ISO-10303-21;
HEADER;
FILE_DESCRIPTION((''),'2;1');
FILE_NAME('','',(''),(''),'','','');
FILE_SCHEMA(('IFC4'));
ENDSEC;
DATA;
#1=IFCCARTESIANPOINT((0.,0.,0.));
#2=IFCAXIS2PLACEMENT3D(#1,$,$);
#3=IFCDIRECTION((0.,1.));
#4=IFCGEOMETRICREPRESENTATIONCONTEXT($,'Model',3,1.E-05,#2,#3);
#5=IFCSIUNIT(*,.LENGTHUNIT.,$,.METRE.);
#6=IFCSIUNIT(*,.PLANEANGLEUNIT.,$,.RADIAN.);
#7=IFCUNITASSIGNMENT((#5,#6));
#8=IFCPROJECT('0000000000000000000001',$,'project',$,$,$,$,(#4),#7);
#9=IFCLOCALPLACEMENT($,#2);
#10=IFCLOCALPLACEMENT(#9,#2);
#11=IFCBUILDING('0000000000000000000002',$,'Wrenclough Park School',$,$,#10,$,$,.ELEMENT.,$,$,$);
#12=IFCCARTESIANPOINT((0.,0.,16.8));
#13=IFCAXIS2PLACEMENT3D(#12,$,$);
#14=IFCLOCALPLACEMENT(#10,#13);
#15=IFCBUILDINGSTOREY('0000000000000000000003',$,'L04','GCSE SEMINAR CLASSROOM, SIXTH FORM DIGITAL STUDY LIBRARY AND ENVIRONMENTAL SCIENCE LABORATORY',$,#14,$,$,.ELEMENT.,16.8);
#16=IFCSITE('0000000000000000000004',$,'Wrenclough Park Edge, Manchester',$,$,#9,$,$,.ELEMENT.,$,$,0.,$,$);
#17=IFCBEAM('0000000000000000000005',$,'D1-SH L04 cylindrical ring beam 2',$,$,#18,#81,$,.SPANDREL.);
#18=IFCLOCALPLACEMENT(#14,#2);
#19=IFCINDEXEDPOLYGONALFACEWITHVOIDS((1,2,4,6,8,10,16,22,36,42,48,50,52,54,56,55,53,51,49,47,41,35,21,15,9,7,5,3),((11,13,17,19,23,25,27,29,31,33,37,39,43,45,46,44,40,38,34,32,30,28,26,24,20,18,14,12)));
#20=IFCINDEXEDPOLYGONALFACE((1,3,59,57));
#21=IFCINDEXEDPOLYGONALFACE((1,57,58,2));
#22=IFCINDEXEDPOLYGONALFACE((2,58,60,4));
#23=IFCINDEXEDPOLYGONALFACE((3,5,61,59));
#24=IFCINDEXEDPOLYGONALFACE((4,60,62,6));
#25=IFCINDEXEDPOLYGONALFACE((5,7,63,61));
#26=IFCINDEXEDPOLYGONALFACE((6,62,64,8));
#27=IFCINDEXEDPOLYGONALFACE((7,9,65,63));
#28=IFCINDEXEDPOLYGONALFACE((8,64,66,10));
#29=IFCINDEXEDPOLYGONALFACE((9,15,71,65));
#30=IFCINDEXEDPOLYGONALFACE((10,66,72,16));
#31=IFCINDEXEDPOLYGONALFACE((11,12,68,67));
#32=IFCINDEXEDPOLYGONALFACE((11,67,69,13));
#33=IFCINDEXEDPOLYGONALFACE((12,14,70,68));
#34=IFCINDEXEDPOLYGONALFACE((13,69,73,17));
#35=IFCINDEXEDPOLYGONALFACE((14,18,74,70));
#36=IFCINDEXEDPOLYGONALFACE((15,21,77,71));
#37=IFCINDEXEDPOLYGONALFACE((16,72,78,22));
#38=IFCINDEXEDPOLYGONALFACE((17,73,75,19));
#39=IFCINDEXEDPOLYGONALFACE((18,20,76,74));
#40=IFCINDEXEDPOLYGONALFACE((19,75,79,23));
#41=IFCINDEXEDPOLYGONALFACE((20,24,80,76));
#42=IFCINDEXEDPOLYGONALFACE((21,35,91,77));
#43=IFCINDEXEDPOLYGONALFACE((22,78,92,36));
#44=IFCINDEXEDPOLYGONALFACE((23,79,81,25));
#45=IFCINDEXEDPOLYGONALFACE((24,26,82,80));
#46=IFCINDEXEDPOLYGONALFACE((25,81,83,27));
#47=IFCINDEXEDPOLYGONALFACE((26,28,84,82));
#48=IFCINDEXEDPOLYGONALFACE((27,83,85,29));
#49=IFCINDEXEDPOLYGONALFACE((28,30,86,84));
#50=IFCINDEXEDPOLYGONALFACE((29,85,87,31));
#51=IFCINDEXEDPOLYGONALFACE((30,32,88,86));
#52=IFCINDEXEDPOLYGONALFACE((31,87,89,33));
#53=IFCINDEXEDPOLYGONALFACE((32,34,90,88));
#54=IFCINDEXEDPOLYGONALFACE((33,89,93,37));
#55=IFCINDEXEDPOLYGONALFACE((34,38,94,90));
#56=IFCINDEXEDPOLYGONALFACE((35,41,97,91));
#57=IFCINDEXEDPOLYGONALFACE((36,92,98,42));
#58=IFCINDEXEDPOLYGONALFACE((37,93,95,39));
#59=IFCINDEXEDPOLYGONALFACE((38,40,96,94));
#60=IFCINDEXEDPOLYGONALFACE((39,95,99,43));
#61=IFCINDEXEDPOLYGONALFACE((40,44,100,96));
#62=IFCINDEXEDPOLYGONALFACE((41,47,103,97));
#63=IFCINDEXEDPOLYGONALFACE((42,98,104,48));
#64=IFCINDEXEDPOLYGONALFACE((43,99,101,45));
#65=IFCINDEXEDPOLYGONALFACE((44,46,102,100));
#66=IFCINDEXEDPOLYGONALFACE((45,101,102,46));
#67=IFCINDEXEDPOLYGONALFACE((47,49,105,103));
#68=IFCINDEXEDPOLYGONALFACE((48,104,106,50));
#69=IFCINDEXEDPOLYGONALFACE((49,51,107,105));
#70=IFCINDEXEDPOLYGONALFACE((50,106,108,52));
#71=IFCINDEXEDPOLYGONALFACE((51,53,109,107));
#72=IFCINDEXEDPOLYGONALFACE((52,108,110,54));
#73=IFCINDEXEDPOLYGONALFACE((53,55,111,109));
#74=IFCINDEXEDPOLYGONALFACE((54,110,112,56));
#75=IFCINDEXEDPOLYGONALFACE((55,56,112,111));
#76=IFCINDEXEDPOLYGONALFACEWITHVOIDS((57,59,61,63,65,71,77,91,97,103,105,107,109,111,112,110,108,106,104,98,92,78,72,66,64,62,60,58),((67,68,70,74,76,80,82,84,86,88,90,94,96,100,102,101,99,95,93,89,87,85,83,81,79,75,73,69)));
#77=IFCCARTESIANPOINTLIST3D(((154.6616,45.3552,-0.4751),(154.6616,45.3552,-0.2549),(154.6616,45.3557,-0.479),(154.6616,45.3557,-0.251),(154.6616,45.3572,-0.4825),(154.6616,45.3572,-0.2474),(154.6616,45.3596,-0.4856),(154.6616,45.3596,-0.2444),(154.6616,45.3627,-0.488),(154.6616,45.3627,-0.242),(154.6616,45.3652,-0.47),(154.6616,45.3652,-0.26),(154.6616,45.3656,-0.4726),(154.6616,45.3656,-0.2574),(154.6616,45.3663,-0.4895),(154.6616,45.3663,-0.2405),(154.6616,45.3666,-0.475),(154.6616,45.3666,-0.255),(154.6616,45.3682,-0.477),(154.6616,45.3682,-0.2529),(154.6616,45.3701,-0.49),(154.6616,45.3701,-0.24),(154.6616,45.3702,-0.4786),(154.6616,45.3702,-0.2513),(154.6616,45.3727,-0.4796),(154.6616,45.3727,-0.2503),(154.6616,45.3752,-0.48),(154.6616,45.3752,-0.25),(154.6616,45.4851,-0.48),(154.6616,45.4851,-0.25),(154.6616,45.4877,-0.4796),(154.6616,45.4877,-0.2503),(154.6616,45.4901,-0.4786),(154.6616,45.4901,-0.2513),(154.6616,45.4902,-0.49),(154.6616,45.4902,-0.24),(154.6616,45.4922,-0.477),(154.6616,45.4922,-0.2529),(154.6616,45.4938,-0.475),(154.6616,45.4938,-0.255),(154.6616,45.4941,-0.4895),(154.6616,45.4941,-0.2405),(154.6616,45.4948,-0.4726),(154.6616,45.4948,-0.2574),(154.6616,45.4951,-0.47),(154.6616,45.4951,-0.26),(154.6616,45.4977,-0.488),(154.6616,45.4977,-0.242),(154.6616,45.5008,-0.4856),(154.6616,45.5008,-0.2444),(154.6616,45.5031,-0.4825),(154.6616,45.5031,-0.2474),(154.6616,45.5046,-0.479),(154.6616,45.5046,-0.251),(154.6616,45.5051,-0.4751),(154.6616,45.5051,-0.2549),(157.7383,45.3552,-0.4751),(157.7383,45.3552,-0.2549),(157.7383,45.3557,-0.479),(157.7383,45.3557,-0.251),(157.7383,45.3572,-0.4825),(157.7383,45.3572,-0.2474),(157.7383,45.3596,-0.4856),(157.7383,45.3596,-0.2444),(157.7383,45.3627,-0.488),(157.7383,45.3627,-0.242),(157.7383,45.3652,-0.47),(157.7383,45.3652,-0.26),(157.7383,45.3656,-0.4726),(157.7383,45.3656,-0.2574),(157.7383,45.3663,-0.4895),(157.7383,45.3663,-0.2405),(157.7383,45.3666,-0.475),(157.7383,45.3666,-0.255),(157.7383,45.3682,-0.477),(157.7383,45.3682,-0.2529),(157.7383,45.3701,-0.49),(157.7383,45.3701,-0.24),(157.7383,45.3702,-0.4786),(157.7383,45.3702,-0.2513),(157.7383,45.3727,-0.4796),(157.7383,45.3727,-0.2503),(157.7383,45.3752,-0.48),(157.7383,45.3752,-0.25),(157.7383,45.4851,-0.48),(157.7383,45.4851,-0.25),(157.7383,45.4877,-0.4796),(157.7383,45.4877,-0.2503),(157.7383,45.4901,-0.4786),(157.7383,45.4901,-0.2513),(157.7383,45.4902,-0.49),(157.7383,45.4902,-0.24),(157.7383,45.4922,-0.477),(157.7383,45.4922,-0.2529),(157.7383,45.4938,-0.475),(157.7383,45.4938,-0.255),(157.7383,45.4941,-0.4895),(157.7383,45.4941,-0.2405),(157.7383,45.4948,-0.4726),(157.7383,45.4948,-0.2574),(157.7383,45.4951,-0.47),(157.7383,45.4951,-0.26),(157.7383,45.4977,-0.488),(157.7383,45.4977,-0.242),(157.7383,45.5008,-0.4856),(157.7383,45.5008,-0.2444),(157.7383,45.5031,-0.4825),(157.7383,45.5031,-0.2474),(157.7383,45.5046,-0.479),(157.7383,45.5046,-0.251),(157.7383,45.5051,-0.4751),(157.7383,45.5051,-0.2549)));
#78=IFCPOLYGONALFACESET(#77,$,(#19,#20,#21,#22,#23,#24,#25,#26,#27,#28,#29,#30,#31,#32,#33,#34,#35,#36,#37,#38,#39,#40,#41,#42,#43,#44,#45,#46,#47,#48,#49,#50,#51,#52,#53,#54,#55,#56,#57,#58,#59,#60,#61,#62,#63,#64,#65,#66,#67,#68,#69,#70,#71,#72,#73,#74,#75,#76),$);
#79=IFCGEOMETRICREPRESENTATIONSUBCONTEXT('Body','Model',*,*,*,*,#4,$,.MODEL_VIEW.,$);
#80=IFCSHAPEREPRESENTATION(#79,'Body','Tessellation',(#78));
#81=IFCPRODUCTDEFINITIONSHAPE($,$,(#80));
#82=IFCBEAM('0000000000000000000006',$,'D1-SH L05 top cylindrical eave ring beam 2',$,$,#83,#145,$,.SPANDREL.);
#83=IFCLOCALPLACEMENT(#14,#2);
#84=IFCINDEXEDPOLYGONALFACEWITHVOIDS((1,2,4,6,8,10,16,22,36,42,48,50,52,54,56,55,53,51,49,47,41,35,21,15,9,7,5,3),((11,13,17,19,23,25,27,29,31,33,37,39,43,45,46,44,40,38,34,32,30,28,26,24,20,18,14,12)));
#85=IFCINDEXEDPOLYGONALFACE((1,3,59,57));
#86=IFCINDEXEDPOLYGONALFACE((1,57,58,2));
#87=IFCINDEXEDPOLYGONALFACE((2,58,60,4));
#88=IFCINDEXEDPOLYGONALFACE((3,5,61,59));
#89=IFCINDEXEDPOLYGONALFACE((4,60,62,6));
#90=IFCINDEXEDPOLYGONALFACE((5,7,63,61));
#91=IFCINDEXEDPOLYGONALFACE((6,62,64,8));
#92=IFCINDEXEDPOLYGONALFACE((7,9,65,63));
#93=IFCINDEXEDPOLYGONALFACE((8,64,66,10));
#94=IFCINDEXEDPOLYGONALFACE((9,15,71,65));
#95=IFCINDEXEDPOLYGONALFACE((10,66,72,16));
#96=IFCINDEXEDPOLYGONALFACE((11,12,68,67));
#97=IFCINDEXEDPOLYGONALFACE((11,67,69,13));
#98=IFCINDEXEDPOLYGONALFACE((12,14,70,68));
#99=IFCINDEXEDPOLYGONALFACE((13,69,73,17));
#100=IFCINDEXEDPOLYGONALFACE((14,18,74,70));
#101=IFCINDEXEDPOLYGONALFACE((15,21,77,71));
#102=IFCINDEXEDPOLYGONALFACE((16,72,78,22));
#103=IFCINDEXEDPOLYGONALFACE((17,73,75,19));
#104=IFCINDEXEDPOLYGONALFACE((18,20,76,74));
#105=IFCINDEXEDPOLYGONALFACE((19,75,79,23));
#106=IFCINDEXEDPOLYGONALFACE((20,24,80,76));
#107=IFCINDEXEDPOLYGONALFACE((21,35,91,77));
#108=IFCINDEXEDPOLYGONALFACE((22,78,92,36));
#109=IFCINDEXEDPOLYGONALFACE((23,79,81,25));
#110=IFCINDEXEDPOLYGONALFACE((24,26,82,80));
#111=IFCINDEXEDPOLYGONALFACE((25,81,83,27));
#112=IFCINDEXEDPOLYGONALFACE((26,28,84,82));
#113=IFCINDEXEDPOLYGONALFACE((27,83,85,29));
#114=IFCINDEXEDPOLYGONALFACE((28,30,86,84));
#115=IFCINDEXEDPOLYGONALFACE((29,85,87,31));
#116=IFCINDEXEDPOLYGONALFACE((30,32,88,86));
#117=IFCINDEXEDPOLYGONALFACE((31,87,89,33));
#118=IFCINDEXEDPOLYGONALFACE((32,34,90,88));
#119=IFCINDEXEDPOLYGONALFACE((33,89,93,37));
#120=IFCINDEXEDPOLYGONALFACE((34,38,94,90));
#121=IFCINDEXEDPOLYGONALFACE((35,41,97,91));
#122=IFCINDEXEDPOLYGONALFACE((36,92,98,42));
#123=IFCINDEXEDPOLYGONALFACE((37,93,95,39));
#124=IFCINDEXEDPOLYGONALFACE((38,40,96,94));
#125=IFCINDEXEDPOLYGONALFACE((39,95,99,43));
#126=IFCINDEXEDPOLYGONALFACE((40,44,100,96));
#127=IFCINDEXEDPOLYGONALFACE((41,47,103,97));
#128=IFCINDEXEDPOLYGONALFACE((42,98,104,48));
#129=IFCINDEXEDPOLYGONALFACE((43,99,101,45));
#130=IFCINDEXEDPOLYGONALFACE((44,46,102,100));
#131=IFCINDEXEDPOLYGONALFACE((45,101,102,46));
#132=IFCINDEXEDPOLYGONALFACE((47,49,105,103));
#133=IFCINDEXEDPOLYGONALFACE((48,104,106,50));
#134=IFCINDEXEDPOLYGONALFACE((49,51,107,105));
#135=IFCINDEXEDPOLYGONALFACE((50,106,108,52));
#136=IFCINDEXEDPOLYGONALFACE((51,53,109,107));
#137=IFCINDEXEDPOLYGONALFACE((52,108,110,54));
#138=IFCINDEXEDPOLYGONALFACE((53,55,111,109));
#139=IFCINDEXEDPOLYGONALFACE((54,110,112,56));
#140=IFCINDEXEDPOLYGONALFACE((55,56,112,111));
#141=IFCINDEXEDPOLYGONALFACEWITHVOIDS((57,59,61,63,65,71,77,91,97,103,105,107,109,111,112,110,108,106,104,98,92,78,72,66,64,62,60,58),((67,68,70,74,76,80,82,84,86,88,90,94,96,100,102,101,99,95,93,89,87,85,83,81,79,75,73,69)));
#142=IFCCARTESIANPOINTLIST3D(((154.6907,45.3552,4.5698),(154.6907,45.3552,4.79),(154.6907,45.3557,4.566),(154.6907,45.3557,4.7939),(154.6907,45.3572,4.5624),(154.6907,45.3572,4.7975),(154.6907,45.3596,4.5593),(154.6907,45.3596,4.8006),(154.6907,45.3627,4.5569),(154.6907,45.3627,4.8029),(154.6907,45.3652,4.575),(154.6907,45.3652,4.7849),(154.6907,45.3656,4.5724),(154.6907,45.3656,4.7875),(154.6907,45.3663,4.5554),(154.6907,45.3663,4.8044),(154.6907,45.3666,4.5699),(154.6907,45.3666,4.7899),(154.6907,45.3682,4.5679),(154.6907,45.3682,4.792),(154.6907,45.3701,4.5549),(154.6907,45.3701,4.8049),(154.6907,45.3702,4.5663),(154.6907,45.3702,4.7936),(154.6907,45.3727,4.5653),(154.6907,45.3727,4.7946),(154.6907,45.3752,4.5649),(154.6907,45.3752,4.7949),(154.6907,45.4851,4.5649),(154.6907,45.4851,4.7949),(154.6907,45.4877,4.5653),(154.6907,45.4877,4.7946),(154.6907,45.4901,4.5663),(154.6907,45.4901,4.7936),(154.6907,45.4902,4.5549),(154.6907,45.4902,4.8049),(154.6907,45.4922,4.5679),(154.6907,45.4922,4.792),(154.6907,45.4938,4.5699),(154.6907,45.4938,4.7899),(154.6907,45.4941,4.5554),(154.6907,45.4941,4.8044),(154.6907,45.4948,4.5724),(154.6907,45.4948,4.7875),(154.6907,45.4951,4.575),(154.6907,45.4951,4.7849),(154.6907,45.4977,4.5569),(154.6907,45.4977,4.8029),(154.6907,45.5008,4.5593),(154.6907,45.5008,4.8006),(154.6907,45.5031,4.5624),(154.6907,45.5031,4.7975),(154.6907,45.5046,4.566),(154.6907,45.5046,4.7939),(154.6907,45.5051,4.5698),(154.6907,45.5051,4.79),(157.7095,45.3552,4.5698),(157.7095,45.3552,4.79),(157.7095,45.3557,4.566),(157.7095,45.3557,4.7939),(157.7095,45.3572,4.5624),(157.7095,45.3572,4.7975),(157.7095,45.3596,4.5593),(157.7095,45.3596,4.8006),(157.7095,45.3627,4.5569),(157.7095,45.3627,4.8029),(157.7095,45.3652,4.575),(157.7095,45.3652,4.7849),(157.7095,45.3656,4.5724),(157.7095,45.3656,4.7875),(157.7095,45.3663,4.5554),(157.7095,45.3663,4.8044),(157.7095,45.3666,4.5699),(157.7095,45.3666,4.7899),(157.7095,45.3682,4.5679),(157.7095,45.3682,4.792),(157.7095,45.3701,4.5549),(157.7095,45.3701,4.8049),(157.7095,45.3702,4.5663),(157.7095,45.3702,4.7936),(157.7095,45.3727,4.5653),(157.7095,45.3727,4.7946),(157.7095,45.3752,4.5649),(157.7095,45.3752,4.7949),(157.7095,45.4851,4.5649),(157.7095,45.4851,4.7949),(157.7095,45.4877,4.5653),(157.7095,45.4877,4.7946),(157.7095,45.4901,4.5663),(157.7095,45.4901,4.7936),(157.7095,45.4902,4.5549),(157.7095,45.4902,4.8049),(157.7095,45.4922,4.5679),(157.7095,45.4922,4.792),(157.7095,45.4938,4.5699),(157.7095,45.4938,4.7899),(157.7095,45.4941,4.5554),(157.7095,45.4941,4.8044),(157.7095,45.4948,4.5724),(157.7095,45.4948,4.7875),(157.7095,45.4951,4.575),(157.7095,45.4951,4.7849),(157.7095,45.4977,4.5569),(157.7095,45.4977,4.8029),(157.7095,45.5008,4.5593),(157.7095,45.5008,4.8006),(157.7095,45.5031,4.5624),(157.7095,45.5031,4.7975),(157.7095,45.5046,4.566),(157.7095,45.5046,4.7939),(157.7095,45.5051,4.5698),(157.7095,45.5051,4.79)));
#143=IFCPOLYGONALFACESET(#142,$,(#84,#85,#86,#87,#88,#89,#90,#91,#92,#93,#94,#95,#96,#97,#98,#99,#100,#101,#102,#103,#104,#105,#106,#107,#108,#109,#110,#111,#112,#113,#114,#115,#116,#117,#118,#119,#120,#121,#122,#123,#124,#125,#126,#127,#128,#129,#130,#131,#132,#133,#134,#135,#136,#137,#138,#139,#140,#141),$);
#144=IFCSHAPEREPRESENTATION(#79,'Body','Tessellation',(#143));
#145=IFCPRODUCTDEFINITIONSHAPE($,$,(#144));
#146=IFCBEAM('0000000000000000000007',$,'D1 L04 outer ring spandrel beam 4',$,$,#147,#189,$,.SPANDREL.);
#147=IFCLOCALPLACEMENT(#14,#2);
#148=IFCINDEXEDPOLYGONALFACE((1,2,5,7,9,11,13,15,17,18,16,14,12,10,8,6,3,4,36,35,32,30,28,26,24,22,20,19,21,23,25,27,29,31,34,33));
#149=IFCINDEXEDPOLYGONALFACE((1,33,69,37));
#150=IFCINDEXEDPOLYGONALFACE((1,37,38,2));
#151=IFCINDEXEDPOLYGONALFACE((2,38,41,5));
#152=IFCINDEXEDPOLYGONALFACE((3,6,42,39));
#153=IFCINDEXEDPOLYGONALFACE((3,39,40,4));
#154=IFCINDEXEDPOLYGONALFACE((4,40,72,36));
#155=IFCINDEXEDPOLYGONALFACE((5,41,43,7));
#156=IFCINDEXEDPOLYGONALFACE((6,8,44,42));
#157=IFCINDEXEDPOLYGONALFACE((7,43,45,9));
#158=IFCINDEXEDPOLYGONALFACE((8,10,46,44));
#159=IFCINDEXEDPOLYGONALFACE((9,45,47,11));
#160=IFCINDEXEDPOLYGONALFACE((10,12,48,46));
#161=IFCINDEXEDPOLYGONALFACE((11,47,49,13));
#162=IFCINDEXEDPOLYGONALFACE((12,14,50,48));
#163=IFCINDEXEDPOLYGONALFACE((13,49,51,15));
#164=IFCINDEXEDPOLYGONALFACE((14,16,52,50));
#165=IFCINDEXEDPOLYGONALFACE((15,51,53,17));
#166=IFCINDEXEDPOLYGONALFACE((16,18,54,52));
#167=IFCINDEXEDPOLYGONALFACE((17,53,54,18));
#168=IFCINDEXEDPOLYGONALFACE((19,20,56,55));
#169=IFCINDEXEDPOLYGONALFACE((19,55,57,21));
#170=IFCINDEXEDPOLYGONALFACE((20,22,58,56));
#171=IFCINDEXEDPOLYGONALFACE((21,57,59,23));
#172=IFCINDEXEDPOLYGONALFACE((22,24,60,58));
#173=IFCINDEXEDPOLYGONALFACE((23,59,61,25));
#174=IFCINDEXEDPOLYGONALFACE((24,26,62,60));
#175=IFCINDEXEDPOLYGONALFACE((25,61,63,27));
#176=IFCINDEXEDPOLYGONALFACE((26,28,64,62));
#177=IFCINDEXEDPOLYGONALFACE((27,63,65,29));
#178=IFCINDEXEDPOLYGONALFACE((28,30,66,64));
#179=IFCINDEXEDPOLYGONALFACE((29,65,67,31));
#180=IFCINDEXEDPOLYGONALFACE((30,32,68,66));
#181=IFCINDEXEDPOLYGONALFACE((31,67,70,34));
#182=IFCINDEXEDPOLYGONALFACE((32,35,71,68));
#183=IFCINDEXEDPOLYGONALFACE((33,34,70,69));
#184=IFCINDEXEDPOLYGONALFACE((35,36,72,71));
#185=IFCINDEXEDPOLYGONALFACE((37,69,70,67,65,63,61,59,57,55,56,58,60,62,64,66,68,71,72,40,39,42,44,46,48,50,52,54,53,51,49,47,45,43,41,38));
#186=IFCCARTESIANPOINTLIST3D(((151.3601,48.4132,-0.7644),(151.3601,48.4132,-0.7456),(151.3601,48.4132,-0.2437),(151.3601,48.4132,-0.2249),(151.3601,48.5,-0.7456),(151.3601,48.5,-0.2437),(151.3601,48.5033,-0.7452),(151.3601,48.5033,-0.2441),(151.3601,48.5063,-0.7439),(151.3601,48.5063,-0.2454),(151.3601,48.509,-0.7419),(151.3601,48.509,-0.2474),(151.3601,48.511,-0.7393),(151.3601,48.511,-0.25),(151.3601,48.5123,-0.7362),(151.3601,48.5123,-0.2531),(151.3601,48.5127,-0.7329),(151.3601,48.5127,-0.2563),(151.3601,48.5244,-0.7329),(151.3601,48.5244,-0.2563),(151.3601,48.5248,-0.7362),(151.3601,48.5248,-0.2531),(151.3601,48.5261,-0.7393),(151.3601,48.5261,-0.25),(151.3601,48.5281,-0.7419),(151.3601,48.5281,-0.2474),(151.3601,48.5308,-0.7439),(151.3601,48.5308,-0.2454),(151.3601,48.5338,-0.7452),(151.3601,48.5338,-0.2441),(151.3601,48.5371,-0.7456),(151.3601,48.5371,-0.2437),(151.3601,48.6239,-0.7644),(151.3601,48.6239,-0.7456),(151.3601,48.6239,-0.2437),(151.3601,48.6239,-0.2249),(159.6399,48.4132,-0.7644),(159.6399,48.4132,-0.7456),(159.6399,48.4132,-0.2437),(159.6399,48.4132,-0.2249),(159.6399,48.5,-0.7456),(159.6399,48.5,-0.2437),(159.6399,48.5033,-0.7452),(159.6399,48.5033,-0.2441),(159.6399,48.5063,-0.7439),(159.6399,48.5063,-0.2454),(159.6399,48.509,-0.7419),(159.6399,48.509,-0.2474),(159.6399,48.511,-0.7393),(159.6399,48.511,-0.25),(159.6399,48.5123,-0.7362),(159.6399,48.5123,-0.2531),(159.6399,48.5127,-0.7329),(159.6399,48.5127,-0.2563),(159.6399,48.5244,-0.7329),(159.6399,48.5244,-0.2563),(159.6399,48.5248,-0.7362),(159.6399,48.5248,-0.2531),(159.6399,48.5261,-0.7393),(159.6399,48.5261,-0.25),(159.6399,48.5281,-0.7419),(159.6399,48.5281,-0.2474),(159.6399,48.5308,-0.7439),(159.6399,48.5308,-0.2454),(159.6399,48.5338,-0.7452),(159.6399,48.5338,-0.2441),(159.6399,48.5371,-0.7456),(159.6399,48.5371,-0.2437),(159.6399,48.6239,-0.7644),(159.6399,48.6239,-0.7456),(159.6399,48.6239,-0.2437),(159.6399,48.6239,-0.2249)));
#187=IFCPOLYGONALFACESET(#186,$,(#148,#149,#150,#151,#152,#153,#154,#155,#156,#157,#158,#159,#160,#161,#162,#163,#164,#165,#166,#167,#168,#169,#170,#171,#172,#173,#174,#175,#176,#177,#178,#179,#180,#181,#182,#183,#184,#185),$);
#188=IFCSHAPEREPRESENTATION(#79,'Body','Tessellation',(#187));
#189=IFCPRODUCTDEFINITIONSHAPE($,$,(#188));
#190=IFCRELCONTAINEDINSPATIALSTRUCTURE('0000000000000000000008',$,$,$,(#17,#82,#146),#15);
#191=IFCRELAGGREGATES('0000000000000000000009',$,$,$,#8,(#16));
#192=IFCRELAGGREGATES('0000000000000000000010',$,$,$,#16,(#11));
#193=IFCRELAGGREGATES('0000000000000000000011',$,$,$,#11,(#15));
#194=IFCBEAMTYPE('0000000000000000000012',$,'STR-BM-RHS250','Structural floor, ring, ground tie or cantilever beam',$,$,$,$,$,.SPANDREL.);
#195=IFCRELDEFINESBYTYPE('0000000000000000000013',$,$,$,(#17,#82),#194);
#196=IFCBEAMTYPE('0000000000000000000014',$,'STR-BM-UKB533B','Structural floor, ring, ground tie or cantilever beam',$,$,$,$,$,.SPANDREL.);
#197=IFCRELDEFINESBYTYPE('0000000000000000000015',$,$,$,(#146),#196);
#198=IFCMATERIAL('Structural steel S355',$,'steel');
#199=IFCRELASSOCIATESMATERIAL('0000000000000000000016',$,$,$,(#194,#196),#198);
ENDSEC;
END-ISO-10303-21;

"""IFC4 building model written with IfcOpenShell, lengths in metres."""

from ifc_helpers import new_model, si_unit, direction, frame, origin, origin_2d, place, context, subcontext, project, spatial, hollow_rectangle, i_section, extrude, material, material_profile, profile_set, type_object, element, save


model = new_model("IFC4")

# Units and contexts
model_context = context("Model", 3, precision=1e-05, world=origin(), true_north=direction((0.0, 1.0)))
body_context = subcontext(model_context, "Body", "Model", "MODEL_VIEW")
ifc_project = project(units=[si_unit("LENGTHUNIT", "METRE"), si_unit("PLANEANGLEUNIT", "RADIAN")], contexts=[model_context])

# Site, building, storey
site_placement = place(None, origin())
site = spatial("IfcSite", under=ifc_project, at=site_placement, Name="Wrenclough Park Edge, Manchester", CompositionType="ELEMENT", RefElevation=0.0)
building_placement = place(site_placement, origin())
building = spatial("IfcBuilding", under=site, at=building_placement, Name="Wrenclough Park School", CompositionType="ELEMENT")
storey_placement = place(building_placement, frame((0.0, 0.0, 16.8)))
storey = spatial("IfcBuildingStorey", under=building, at=storey_placement, Name="L04", Description="GCSE SEMINAR CLASSROOM, SIXTH FORM DIGITAL STUDY LIBRARY AND ENVIRONMENTAL SCIENCE LABORATORY", CompositionType="ELEMENT", Elevation=16.8)

# Shared definitions
ifc_material_1 = material(Name="Structural steel S355", Category="steel")

# Beams
ifc_material_profile_1 = material_profile(ifc_material_1, hollow_rectangle(XDim=0.1499, YDim=0.25, WallThickness=0.01, InnerFilletRadius=0.01, OuterFilletRadius=0.0149, at=origin_2d()), Name="RHS 250x150x10.0")
ifc_profile_set_1 = profile_set([ifc_material_profile_1], Name="Structural steel S355")
beam_type_1 = type_object("IfcBeamType", Name="STR-BM-RHS250", Description="Structural floor, ring, ground tie or cantilever beam", PredefinedType="SPANDREL", material=ifc_profile_set_1)
beam_1_placement = place(storey_placement, frame((157.7383, 45.4302, -0.365), z_axis=(-1.0, 0.0, 0.0), x_axis=(0.0, -1.0, 0.0)))
element("IfcBeam", 1, at=beam_1_placement, inside=storey, type_object=beam_type_1, Name="D1-SH L04 cylindrical ring beam 2", PredefinedType="SPANDREL", context=body_context, shape_type="SweptSolid", body=[
    extrude(hollow_rectangle(XDim=0.1499, YDim=0.25, WallThickness=0.01, InnerFilletRadius=0.01, OuterFilletRadius=0.0149, at=origin_2d()), origin(), (0.0, 0.0, 1.0), 3.0767),
])
beam_2_placement = place(storey_placement, frame((157.7095, 45.4302, 4.6799), z_axis=(-1.0, 0.0, 0.0), x_axis=(0.0, -1.0, 0.0)))
element("IfcBeam", 2, at=beam_2_placement, inside=storey, type_object=beam_type_1, Name="D1-SH L05 top cylindrical eave ring beam 2", PredefinedType="SPANDREL", context=body_context, shape_type="SweptSolid", body=[
    extrude(hollow_rectangle(XDim=0.1499, YDim=0.25, WallThickness=0.01, InnerFilletRadius=0.01, OuterFilletRadius=0.0149, at=origin_2d()), origin(), (0.0, 0.0, 1.0), 3.0188),
])
ifc_material_profile_2 = material_profile(ifc_material_1, i_section(OverallWidth=0.2107, OverallDepth=0.5396, WebThickness=0.0117, FlangeThickness=0.0188, FilletRadius=0.0127, at=origin_2d()), Name="UKB 533x210x109")
ifc_profile_set_2 = profile_set([ifc_material_profile_2], Name="Structural steel S355")
beam_type_2 = type_object("IfcBeamType", Name="STR-BM-UKB533B", Description="Structural floor, ring, ground tie or cantilever beam", PredefinedType="SPANDREL", material=ifc_profile_set_2)
beam_3_placement = place(storey_placement, frame((159.6399, 48.5186, -0.4946), z_axis=(-1.0, 0.0, 0.0), x_axis=(0.0, -1.0, 0.0)))
element("IfcBeam", 3, at=beam_3_placement, inside=storey, type_object=beam_type_2, Name="D1 L04 outer ring spandrel beam 4", PredefinedType="SPANDREL", context=body_context, shape_type="SweptSolid", body=[
    extrude(i_section(OverallWidth=0.2107, OverallDepth=0.5396, WebThickness=0.0117, FlangeThickness=0.0188, FilletRadius=0.0127, at=origin_2d()), origin(), (0.0, 0.0, 1.0), 8.2798),
])

save(model, "model.ifc")
